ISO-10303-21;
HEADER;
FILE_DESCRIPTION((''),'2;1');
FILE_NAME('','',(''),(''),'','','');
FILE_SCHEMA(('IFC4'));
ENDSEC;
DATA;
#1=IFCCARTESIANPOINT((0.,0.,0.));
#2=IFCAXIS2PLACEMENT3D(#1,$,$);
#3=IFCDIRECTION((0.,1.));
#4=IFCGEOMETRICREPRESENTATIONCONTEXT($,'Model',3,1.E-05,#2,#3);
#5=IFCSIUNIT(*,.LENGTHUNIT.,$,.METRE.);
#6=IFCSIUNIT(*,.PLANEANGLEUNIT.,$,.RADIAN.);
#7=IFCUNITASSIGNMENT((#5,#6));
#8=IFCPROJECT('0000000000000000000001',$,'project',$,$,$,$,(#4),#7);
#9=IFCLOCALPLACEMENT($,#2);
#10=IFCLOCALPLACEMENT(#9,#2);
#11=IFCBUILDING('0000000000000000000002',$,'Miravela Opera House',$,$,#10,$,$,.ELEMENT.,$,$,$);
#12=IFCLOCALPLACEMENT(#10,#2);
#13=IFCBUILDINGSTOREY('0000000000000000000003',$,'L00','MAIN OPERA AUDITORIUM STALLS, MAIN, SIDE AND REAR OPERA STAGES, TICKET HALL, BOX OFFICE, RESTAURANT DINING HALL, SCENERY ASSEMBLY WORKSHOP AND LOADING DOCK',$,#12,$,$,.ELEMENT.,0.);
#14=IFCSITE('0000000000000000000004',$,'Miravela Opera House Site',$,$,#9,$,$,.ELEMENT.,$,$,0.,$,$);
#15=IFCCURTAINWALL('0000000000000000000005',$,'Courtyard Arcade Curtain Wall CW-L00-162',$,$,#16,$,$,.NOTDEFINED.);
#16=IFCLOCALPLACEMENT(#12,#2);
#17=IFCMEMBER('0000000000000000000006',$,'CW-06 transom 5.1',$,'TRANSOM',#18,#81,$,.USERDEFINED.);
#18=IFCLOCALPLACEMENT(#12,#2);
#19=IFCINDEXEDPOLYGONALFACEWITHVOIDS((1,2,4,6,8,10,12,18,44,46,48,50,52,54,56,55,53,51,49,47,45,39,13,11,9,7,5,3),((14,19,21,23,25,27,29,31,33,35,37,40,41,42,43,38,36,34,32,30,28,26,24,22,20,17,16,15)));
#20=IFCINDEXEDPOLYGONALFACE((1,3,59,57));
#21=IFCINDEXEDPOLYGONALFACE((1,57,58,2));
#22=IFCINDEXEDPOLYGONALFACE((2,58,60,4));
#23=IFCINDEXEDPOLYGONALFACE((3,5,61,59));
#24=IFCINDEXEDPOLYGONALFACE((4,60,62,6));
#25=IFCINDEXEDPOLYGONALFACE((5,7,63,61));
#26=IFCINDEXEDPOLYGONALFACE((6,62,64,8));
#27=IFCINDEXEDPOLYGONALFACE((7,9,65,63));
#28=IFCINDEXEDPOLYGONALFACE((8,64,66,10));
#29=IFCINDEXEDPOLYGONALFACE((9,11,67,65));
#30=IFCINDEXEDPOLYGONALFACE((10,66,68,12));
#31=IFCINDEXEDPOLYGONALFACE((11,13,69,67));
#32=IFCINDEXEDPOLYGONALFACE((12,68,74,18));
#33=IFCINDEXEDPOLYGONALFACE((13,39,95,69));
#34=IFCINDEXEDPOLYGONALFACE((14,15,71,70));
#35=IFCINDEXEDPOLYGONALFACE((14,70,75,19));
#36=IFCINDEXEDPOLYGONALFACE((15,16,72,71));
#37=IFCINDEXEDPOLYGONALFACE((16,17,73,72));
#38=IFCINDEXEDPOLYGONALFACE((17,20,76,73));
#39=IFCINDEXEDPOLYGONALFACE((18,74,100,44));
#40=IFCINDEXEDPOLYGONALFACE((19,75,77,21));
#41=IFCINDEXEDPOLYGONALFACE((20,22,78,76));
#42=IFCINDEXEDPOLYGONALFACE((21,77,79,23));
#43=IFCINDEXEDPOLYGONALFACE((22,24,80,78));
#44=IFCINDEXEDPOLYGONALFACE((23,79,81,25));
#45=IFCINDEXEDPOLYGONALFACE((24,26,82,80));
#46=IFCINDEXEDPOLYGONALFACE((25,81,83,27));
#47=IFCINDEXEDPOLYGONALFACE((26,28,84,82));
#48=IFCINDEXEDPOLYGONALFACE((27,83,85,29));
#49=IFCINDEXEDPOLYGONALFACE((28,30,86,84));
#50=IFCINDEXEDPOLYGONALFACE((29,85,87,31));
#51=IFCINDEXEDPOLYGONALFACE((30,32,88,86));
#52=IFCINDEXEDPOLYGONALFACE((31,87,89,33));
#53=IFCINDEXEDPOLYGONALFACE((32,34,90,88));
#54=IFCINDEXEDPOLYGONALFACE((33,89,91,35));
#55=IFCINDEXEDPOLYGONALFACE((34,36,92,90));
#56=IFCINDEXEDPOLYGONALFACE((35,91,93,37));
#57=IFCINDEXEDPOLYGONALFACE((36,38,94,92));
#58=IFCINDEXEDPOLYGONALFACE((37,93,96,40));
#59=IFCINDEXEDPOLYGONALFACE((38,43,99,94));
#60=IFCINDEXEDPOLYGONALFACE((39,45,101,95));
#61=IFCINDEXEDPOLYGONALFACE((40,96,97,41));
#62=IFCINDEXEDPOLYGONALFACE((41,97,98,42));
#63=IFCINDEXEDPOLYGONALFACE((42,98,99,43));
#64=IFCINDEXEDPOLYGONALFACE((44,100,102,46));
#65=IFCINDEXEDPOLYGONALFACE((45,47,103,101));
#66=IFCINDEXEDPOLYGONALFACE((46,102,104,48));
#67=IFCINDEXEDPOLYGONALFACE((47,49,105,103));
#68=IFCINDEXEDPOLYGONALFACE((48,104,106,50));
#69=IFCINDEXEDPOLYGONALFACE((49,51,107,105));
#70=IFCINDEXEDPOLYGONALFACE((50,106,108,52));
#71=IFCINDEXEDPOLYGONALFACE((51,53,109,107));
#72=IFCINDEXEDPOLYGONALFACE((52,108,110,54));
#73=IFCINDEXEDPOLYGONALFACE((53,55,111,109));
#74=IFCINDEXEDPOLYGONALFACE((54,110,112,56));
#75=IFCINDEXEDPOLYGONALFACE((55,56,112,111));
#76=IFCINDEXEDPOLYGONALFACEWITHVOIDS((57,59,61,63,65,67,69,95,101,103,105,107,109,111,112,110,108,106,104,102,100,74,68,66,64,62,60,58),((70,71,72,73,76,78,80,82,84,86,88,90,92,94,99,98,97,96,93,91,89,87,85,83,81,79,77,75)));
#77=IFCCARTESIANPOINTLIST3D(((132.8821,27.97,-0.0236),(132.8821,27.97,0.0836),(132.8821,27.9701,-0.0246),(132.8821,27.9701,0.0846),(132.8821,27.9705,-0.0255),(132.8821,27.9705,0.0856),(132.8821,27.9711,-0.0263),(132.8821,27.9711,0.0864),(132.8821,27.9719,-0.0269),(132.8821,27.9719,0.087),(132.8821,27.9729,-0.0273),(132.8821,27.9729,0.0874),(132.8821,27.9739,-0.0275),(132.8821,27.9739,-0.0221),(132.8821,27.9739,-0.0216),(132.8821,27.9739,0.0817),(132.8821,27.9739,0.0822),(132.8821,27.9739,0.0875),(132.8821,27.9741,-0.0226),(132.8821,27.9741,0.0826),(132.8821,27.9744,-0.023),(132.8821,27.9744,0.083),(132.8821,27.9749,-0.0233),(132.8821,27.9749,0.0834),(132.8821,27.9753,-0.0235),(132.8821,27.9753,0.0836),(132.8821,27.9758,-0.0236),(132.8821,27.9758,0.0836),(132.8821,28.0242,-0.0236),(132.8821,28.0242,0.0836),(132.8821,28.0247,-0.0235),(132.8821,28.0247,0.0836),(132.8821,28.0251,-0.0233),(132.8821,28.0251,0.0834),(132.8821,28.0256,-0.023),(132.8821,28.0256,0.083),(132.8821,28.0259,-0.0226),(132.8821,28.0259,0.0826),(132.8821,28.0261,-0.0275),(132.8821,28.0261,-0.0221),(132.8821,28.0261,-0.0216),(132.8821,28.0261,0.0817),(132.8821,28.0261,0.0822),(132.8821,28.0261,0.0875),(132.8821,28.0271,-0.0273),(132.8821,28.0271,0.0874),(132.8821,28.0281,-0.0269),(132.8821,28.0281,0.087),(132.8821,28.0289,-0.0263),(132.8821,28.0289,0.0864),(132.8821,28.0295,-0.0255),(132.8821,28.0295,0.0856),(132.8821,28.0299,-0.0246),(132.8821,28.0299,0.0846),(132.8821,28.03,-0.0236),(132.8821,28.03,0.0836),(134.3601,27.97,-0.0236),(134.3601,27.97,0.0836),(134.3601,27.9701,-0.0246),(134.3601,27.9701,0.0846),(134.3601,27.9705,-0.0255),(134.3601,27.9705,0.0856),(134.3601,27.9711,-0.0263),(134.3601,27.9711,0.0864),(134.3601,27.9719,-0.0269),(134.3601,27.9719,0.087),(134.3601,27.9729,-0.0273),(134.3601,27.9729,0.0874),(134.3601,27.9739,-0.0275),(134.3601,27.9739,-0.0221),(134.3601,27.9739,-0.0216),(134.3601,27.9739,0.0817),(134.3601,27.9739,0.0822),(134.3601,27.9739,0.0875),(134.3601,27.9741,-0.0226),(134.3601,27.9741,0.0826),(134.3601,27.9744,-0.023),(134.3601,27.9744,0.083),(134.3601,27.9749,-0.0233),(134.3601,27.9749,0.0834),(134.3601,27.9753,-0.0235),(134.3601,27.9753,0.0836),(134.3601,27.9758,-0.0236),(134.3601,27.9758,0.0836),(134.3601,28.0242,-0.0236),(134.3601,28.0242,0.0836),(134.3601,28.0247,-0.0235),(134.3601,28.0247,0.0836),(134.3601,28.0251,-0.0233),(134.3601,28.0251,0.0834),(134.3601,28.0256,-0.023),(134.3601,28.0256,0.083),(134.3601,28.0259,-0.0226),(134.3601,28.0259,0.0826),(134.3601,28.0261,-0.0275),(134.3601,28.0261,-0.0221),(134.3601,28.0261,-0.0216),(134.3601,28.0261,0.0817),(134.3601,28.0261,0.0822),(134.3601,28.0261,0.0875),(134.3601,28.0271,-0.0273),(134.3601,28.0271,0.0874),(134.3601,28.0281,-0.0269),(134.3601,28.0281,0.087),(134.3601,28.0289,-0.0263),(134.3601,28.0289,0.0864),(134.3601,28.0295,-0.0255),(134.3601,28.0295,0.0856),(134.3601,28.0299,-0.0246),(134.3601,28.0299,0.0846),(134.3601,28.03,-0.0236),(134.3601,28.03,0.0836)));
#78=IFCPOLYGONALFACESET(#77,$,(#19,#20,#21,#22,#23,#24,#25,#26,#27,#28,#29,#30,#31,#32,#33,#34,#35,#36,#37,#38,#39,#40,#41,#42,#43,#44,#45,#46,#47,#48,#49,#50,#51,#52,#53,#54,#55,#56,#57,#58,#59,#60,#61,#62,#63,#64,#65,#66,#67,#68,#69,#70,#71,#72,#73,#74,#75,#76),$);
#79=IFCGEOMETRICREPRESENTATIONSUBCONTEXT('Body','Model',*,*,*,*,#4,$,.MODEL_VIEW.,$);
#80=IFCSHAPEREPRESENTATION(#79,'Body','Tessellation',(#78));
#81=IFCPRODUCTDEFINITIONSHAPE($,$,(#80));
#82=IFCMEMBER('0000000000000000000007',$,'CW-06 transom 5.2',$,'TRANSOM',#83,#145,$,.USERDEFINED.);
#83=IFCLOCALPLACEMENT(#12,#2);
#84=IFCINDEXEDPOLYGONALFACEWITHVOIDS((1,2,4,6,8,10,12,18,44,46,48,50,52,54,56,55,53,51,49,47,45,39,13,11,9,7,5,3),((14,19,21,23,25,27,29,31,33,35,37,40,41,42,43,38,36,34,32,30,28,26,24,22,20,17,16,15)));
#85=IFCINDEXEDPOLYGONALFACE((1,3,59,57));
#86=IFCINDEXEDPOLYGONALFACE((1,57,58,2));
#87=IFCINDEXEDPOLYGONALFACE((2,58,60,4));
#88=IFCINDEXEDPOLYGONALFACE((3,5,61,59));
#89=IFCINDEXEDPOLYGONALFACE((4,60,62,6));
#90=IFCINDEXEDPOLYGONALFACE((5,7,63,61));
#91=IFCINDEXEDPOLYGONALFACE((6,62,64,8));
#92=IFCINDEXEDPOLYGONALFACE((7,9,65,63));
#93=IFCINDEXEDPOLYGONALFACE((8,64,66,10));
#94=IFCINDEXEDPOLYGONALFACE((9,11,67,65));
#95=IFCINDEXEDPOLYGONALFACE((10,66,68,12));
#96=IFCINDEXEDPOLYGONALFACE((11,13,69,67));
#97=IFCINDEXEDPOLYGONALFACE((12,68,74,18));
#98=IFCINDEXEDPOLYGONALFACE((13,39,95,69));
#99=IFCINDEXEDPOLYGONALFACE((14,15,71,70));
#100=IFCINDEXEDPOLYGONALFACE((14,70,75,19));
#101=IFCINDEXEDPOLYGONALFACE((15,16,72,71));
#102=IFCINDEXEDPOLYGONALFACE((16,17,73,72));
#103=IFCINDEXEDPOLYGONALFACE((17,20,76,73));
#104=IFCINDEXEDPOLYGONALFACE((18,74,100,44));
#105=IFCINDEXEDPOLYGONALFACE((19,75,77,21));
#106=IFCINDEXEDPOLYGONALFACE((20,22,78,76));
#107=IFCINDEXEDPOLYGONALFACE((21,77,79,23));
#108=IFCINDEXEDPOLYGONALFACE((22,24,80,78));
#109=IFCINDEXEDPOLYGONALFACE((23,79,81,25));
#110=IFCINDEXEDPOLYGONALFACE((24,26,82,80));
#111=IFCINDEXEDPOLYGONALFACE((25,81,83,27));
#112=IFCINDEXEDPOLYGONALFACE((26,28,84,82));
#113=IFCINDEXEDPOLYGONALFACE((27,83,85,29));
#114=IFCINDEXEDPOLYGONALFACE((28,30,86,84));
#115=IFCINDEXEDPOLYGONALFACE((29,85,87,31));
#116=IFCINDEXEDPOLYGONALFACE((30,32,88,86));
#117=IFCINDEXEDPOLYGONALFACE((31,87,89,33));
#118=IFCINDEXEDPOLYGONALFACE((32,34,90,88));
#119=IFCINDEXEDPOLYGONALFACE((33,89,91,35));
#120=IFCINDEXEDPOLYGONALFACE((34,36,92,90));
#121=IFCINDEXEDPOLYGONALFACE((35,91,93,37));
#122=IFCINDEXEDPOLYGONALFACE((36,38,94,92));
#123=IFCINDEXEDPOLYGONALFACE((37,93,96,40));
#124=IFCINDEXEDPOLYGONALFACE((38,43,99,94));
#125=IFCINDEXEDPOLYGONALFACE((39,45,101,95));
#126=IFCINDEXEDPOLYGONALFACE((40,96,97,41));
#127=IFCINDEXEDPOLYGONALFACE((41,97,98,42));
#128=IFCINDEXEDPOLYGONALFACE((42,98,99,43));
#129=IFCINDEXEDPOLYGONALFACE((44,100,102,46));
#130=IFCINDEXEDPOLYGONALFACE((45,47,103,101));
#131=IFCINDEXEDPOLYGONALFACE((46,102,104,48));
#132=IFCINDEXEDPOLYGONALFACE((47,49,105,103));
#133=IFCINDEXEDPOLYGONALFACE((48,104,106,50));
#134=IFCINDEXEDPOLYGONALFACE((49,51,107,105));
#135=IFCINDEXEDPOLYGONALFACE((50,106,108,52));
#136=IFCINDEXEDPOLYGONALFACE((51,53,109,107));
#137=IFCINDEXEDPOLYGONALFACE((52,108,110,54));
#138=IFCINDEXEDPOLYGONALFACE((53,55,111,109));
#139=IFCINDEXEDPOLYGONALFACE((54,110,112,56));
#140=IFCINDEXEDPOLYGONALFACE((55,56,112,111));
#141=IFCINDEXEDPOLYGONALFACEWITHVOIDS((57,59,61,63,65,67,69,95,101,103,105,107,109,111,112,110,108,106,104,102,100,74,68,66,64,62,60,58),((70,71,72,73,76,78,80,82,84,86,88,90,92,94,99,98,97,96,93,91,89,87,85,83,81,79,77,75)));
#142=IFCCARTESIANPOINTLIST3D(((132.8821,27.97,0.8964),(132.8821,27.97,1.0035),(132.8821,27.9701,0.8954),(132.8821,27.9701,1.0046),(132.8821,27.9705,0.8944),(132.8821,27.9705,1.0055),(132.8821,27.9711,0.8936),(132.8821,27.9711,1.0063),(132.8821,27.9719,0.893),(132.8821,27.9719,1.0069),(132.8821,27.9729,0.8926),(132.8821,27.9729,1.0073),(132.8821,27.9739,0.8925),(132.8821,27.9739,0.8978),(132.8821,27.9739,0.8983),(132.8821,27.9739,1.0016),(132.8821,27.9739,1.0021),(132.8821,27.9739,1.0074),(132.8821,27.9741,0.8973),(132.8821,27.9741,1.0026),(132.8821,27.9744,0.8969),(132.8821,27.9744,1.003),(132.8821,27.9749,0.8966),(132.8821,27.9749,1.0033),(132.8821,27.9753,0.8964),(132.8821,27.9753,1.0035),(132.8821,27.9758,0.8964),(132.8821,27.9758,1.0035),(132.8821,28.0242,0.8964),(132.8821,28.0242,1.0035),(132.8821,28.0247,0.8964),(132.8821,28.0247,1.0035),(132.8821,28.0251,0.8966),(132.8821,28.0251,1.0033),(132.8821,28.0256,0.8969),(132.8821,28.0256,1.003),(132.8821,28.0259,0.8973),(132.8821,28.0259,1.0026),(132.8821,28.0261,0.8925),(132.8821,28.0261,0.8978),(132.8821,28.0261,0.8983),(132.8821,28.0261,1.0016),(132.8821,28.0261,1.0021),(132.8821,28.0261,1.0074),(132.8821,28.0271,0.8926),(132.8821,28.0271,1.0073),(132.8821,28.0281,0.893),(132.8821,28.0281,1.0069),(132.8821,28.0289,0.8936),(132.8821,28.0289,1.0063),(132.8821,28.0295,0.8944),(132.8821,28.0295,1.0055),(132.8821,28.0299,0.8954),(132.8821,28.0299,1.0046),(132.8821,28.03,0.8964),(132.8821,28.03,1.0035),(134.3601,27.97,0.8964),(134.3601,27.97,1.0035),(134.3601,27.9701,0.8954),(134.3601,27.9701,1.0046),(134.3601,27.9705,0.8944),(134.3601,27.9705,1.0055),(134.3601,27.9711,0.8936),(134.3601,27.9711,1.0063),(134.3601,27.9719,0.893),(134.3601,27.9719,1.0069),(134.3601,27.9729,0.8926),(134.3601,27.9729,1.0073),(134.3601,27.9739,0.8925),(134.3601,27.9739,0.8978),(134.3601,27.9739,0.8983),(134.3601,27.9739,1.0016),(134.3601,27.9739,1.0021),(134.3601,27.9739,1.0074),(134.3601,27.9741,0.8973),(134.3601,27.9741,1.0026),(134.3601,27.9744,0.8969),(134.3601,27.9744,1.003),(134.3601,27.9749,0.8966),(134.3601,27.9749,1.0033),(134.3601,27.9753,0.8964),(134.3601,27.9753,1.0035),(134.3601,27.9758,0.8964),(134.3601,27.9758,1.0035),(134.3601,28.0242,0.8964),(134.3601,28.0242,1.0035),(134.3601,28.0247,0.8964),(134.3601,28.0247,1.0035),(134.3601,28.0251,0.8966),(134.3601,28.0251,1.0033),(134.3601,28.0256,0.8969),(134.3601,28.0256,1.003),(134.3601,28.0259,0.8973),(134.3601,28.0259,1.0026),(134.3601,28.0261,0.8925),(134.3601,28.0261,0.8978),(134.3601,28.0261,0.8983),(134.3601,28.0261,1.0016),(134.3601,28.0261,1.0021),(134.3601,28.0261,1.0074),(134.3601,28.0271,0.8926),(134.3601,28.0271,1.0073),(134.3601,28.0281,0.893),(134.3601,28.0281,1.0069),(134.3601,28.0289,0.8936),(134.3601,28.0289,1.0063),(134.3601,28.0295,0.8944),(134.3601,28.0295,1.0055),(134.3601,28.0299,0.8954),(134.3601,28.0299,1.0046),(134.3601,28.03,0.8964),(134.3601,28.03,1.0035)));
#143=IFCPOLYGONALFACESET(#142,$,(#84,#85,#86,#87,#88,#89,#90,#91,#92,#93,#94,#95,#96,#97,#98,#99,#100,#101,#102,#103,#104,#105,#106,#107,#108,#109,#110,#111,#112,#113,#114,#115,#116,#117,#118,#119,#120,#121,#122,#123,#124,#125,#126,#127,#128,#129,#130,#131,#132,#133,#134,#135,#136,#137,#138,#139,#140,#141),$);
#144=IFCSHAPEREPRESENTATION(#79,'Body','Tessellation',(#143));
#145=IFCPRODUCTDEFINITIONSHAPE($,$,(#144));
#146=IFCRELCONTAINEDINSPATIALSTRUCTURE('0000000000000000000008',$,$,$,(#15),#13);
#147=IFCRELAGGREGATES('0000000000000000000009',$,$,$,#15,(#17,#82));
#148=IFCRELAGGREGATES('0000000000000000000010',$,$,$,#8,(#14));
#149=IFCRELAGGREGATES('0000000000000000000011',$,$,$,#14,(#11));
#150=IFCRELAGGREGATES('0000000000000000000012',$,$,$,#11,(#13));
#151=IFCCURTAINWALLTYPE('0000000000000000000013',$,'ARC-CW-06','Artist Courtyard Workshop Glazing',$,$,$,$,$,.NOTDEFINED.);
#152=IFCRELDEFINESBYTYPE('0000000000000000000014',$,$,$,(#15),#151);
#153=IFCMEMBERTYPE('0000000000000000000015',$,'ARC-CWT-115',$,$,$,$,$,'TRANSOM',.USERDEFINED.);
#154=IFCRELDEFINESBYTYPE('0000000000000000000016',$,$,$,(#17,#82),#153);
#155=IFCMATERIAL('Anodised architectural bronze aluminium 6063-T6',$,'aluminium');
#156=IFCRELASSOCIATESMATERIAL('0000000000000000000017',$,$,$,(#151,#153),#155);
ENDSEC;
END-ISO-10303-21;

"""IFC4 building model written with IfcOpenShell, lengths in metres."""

from ifc_helpers import new_model, si_unit, direction, frame, origin, origin_2d, place, context, subcontext, project, spatial, hollow_rectangle, extrude, material, material_profile, profile_set, type_object, element, aggregate, save


model = new_model("IFC4")

# Units and contexts
model_context = context("Model", 3, precision=1e-05, world=origin(), true_north=direction((0.0, 1.0)))
body_context = subcontext(model_context, "Body", "Model", "MODEL_VIEW")
ifc_project = project(units=[si_unit("LENGTHUNIT", "METRE"), si_unit("PLANEANGLEUNIT", "RADIAN")], contexts=[model_context])

# Site, building, storey
site_placement = place(None, origin())
site = spatial("IfcSite", under=ifc_project, at=site_placement, Name="Miravela Opera House Site", CompositionType="ELEMENT", RefElevation=0.0)
building_placement = place(site_placement, origin())
building = spatial("IfcBuilding", under=site, at=building_placement, Name="Miravela Opera House", CompositionType="ELEMENT")
storey_placement = place(building_placement, origin())
storey = spatial("IfcBuildingStorey", under=building, at=storey_placement, Name="L00", Description="MAIN OPERA AUDITORIUM STALLS, MAIN, SIDE AND REAR OPERA STAGES, TICKET HALL, BOX OFFICE, RESTAURANT DINING HALL, SCENERY ASSEMBLY WORKSHOP AND LOADING DOCK", CompositionType="ELEMENT", Elevation=0.0)

# Curtain wall, members
ifc_material_1 = material(Name="Anodised architectural bronze aluminium 6063-T6", Category="aluminium")
curtain_wall_type = type_object("IfcCurtainWallType", Name="ARC-CW-06", Description="Artist Courtyard Workshop Glazing", PredefinedType="NOTDEFINED", material=ifc_material_1)
curtain_wall_placement = place(storey_placement, origin())
curtain_wall = element("IfcCurtainWall", 1, at=curtain_wall_placement, inside=storey, type_object=curtain_wall_type, Name="Courtyard Arcade Curtain Wall CW-L00-162", PredefinedType="NOTDEFINED")
ifc_material_profile_1 = material_profile(ifc_material_1, hollow_rectangle(XDim=0.0601, YDim=0.115, WallThickness=0.0039, InnerFilletRadius=0.002, OuterFilletRadius=0.0039, at=origin_2d()), Name="CWT-60X115")
ifc_profile_set_1 = profile_set([ifc_material_profile_1])
member_type_1 = type_object("IfcMemberType", Name="ARC-CWT-115", ElementType="TRANSOM", PredefinedType="USERDEFINED", material=ifc_profile_set_1)
member_1_placement = place(storey_placement, frame((132.8821, 28.0, 0.03), z_axis=(1.0, 0.0, 0.0), x_axis=(0.0, 1.0, 0.0)))
member_1 = element("IfcMember", 2, at=member_1_placement, type_object=member_type_1, Name="CW-06 transom 5.1", ObjectType="TRANSOM", PredefinedType="USERDEFINED", context=body_context, shape_type="SweptSolid", body=[
    extrude(hollow_rectangle(XDim=0.0601, YDim=0.115, WallThickness=0.0039, InnerFilletRadius=0.002, OuterFilletRadius=0.0039, at=origin_2d()), origin(), (0.0, 0.0, 1.0), 1.478),
])
member_2_placement = place(storey_placement, frame((132.8821, 28.0, 0.95), z_axis=(1.0, 0.0, 0.0), x_axis=(0.0, 1.0, 0.0)))
member_2 = element("IfcMember", 3, at=member_2_placement, type_object=member_type_1, Name="CW-06 transom 5.2", ObjectType="TRANSOM", PredefinedType="USERDEFINED", context=body_context, shape_type="SweptSolid", body=[
    extrude(hollow_rectangle(XDim=0.0601, YDim=0.115, WallThickness=0.0039, InnerFilletRadius=0.002, OuterFilletRadius=0.0039, at=origin_2d()), origin(), (0.0, 0.0, 1.0), 1.478),
])

aggregate(curtain_wall, [member_1, member_2])

save(model, "model.ifc")
